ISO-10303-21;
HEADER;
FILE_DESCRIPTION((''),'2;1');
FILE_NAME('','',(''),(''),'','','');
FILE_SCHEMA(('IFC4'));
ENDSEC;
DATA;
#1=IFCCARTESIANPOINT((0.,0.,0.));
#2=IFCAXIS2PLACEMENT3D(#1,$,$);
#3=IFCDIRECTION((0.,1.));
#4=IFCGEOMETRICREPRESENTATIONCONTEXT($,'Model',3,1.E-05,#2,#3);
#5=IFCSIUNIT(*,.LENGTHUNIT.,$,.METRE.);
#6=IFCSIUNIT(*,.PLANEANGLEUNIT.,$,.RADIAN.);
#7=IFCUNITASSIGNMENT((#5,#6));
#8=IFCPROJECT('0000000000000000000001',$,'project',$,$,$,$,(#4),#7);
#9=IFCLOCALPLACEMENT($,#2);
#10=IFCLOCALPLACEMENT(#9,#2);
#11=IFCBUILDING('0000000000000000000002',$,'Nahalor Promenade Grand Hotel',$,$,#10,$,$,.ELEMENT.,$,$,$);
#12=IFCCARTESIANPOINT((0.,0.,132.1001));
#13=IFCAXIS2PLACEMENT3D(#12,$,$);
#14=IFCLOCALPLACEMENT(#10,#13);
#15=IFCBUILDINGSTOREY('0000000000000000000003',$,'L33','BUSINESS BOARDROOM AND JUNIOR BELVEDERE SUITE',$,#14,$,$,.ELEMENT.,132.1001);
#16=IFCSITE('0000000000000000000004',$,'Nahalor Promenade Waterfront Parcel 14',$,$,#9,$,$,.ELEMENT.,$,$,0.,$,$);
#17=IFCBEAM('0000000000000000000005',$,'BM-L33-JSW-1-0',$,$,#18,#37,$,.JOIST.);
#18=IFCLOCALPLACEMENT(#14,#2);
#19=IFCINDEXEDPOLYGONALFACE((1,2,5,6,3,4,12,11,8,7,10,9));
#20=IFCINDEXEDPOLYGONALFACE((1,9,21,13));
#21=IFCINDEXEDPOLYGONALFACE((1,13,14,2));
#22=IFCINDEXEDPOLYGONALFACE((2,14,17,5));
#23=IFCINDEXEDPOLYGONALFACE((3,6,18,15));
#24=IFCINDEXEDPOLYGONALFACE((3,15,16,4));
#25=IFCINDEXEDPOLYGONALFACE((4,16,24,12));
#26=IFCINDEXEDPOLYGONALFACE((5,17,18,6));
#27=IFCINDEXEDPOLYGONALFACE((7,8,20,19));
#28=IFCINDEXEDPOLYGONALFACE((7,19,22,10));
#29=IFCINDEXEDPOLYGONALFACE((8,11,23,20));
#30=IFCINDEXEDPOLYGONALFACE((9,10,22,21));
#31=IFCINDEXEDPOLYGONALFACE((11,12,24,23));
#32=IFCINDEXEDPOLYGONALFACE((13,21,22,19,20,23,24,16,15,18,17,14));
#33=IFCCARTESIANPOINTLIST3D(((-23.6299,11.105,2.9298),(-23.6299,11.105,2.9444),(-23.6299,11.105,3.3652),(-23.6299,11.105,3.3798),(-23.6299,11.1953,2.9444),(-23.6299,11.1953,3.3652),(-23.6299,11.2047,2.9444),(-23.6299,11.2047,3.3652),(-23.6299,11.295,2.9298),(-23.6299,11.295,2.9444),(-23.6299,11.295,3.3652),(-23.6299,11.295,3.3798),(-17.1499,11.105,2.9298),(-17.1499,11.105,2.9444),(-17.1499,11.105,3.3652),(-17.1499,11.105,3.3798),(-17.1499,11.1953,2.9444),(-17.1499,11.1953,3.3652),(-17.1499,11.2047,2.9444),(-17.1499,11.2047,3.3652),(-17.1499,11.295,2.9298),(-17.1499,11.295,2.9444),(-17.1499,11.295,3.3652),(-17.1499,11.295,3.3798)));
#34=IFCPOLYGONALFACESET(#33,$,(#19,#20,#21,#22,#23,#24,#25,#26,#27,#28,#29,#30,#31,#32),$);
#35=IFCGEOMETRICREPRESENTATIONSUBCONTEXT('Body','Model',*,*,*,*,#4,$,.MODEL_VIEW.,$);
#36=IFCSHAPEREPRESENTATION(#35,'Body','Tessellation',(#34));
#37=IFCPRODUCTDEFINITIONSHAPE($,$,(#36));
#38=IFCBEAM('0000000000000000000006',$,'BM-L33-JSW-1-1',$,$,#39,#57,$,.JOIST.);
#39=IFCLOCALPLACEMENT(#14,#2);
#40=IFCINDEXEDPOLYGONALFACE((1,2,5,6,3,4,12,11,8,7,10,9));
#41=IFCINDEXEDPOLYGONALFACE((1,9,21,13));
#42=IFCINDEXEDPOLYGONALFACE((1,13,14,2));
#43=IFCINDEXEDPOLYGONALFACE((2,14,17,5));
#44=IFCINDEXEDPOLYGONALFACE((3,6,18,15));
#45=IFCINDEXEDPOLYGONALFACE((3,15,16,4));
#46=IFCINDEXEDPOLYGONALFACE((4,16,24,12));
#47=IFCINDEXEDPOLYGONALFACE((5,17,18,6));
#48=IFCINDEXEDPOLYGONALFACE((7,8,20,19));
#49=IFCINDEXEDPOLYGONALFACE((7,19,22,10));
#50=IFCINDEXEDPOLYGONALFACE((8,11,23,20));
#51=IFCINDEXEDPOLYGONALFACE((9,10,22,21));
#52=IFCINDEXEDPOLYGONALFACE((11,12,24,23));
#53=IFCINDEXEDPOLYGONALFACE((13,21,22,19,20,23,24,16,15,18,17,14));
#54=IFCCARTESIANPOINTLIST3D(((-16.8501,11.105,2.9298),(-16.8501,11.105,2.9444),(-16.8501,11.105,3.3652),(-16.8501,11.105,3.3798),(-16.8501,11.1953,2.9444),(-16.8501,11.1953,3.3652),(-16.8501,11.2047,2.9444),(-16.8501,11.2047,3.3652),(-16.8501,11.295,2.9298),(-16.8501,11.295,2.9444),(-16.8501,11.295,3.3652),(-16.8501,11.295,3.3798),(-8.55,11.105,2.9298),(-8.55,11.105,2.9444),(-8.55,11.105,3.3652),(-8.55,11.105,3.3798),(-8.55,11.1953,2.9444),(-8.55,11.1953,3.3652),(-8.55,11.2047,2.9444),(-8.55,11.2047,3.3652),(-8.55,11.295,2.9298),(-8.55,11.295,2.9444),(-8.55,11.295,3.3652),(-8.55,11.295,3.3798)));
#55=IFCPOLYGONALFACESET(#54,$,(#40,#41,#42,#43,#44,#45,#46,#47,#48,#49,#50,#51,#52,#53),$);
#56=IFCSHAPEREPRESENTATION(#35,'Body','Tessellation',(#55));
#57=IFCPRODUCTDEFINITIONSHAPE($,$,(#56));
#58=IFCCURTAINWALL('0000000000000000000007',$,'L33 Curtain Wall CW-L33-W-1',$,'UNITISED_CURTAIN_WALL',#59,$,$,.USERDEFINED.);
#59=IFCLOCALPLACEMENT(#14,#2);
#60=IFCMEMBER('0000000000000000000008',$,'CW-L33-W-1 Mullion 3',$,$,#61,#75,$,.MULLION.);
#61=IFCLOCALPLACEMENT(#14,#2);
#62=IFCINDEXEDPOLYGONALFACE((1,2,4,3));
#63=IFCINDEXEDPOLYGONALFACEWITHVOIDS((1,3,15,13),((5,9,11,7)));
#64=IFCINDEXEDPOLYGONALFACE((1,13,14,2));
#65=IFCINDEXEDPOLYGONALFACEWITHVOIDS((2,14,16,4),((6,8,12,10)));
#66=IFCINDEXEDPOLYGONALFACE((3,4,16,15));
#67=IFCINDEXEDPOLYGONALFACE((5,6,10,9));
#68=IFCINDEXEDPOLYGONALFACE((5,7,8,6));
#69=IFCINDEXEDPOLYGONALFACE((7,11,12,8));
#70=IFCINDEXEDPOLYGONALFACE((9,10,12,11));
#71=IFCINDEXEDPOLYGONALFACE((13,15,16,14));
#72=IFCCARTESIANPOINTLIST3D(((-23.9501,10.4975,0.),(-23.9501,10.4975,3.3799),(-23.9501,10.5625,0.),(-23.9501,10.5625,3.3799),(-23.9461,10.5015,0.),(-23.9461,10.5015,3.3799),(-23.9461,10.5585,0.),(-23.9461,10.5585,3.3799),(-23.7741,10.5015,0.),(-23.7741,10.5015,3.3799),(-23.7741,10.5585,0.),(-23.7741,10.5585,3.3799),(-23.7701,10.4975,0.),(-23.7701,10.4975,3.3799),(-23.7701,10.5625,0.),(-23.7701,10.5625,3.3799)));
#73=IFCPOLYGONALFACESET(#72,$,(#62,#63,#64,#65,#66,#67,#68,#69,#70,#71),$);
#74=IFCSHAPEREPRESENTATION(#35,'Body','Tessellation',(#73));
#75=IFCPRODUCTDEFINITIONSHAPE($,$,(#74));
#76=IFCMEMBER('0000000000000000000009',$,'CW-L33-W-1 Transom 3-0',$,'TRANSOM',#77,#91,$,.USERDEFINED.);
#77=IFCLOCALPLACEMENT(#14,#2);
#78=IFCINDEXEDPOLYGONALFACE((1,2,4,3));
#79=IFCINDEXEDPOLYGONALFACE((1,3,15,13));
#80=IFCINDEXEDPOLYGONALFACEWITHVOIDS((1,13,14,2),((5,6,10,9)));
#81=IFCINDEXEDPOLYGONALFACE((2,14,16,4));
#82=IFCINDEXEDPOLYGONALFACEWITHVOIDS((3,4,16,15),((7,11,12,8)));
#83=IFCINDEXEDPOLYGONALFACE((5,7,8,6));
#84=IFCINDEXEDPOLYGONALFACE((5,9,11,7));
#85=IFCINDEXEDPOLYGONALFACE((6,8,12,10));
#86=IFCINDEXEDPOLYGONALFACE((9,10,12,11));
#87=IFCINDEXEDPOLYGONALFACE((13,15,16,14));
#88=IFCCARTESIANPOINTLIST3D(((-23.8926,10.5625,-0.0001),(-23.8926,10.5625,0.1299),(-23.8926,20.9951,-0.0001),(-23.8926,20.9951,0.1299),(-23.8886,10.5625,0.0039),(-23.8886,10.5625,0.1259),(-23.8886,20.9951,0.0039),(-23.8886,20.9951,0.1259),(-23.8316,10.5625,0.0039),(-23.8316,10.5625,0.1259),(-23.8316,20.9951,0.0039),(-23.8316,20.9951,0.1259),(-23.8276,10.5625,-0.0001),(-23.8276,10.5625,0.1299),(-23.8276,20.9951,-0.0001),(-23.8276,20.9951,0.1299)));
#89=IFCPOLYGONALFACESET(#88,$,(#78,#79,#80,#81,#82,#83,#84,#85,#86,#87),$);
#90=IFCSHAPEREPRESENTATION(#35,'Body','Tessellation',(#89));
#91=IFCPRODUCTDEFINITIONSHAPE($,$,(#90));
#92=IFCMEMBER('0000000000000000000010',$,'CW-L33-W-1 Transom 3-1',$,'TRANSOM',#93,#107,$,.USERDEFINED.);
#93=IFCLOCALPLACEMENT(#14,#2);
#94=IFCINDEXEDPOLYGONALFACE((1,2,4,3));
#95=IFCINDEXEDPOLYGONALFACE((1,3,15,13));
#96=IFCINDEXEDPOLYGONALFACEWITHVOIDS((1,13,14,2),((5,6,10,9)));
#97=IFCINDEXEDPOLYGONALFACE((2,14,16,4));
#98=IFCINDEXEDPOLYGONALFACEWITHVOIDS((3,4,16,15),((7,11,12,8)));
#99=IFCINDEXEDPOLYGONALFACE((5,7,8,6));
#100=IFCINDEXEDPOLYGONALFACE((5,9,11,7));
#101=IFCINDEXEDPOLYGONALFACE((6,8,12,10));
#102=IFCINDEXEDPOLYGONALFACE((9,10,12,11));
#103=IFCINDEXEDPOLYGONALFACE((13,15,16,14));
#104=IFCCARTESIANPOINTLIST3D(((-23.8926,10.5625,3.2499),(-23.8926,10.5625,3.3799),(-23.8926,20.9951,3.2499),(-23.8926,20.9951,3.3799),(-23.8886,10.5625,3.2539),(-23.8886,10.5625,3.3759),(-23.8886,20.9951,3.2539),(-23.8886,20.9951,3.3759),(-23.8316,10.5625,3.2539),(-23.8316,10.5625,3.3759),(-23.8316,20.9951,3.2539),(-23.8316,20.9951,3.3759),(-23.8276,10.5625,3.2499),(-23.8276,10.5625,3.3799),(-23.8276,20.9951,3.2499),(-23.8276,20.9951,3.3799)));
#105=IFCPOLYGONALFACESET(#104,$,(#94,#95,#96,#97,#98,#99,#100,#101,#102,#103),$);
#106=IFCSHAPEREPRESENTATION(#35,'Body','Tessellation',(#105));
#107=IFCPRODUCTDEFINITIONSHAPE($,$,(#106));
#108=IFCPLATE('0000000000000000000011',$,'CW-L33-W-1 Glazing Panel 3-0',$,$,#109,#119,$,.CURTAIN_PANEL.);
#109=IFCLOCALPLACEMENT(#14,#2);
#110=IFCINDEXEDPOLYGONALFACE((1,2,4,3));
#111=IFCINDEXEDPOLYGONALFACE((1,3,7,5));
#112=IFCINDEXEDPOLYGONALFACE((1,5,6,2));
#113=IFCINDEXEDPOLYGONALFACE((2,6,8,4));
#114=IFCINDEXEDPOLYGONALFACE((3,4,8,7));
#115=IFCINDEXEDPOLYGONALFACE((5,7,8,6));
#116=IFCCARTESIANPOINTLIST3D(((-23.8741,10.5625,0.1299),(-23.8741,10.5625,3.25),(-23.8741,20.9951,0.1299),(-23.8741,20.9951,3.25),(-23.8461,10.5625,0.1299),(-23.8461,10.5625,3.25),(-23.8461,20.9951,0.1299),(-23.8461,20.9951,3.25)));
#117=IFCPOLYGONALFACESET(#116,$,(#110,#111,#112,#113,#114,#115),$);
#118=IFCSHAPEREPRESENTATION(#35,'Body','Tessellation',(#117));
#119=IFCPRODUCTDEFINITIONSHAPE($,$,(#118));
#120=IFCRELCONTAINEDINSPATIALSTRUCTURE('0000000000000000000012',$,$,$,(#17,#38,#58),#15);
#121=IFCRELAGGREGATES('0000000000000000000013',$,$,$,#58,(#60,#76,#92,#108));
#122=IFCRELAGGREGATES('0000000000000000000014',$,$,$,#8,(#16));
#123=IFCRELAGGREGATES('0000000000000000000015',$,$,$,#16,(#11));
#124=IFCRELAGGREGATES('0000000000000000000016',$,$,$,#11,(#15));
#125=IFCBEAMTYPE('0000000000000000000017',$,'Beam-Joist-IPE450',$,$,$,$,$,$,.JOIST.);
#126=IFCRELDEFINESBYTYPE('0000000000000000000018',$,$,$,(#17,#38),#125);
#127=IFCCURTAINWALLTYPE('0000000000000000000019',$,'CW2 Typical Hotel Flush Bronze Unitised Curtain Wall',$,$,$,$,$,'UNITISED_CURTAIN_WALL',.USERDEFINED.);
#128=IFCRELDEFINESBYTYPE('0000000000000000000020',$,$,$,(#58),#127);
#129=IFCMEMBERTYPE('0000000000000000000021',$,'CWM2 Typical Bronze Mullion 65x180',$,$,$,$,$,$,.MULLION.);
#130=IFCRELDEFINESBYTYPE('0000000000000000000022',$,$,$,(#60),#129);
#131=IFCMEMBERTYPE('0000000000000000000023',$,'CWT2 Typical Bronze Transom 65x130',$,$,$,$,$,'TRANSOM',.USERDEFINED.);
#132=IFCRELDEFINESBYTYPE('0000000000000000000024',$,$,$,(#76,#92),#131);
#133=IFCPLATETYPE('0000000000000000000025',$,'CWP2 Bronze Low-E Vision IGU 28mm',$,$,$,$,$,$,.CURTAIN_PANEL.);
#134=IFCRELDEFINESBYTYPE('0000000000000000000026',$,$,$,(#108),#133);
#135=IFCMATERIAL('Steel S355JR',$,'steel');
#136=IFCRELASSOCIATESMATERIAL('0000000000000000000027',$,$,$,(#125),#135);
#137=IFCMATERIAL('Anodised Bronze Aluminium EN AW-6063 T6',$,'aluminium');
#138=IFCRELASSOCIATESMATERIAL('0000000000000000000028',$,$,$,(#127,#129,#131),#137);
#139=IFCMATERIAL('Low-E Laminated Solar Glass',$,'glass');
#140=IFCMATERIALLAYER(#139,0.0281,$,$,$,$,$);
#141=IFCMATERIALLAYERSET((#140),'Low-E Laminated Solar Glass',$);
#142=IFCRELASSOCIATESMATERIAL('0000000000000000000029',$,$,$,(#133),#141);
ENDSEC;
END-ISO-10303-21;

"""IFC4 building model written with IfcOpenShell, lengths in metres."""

from ifc_helpers import new_model, si_unit, direction, frame, origin, origin_2d, place, context, subcontext, project, spatial, rectangle, hollow_rectangle, i_section, extrude, source, transform, mapped, material, layer, layer_set, material_profile, profile_set, type_object, element, aggregate, save


model = new_model("IFC4")

# Units and contexts
model_context = context("Model", 3, precision=1e-05, world=origin(), true_north=direction((0.0, 1.0)))
body_context = subcontext(model_context, "Body", "Model", "MODEL_VIEW")
ifc_project = project(units=[si_unit("LENGTHUNIT", "METRE"), si_unit("PLANEANGLEUNIT", "RADIAN")], contexts=[model_context])

# Site, building, storey
site_placement = place(None, origin())
site = spatial("IfcSite", under=ifc_project, at=site_placement, Name="Nahalor Promenade Waterfront Parcel 14", CompositionType="ELEMENT", RefElevation=0.0)
building_placement = place(site_placement, origin())
building = spatial("IfcBuilding", under=site, at=building_placement, Name="Nahalor Promenade Grand Hotel", CompositionType="ELEMENT")
storey_placement = place(building_placement, frame((0.0, 0.0, 132.1001)))
storey = spatial("IfcBuildingStorey", under=building, at=storey_placement, Name="L33", Description="BUSINESS BOARDROOM AND JUNIOR BELVEDERE SUITE", CompositionType="ELEMENT", Elevation=132.1001)

# Beams
ifc_material_1 = material(Name="Steel S355JR", Category="steel")
ifc_material_profile_1 = material_profile(ifc_material_1, i_section(OverallWidth=0.19, OverallDepth=0.45, WebThickness=0.0094, FlangeThickness=0.0146, at=origin_2d()), Name="IPE 450")
ifc_profile_set_1 = profile_set([ifc_material_profile_1], Name="Steel S355JR")
beam_type_1 = type_object("IfcBeamType", Name="Beam-Joist-IPE450", PredefinedType="JOIST", material=ifc_profile_set_1)
shared_shape_1 = source(origin(), body_context, "Body", "SweptSolid", [
    extrude(i_section(OverallWidth=0.19, OverallDepth=0.45, WebThickness=0.0094, FlangeThickness=0.0146, at=origin_2d()), origin(), (0.0, 0.0, 1.0), 6.48),
])
beam_1_placement = place(storey_placement, frame((-23.6299, 11.2, 3.1548), z_axis=(1.0, 0.0, 0.0), x_axis=(0.0, 1.0, 0.0)))
element("IfcBeam", 1, at=beam_1_placement, inside=storey, type_object=beam_type_1, Name="BM-L33-JSW-1-0", PredefinedType="JOIST", context=body_context, shape_type="MappedRepresentation", body=[
    mapped(shared_shape_1, transform((0.0, 0.0, 0.0), scale=1.0)),
])
shared_shape_2 = source(origin(), body_context, "Body", "SweptSolid", [
    extrude(i_section(OverallWidth=0.19, OverallDepth=0.45, WebThickness=0.0094, FlangeThickness=0.0146, at=origin_2d()), origin(), (0.0, 0.0, 1.0), 8.3),
])
beam_2_placement = place(storey_placement, frame((-16.8501, 11.2, 3.1548), z_axis=(1.0, 0.0, 0.0), x_axis=(0.0, 1.0, 0.0)))
element("IfcBeam", 2, at=beam_2_placement, inside=storey, type_object=beam_type_1, Name="BM-L33-JSW-1-1", PredefinedType="JOIST", context=body_context, shape_type="MappedRepresentation", body=[
    mapped(shared_shape_2, transform((0.0, 0.0, 0.0), scale=1.0)),
])

# Curtain wall, members, plate
ifc_material_2 = material(Name="Anodised Bronze Aluminium EN AW-6063 T6", Category="aluminium")
curtain_wall_type = type_object("IfcCurtainWallType", Name="CW2 Typical Hotel Flush Bronze Unitised Curtain Wall", ElementType="UNITISED_CURTAIN_WALL", PredefinedType="USERDEFINED", material=ifc_material_2)
curtain_wall_placement = place(storey_placement, origin())
curtain_wall = element("IfcCurtainWall", 3, at=curtain_wall_placement, inside=storey, type_object=curtain_wall_type, Name="L33 Curtain Wall CW-L33-W-1", ObjectType="UNITISED_CURTAIN_WALL", PredefinedType="USERDEFINED")
ifc_material_profile_2 = material_profile(ifc_material_2, hollow_rectangle(XDim=0.065, YDim=0.18, WallThickness=0.004, at=origin_2d()), Name="CWM 65x180x4")
ifc_profile_set_2 = profile_set([ifc_material_profile_2], Name="Anodised Bronze Aluminium EN AW-6063 T6")
member_type_1 = type_object("IfcMemberType", Name="CWM2 Typical Bronze Mullion 65x180", PredefinedType="MULLION", material=ifc_profile_set_2)
shared_shape_3 = source(origin(), body_context, "Body", "SweptSolid", [
    extrude(hollow_rectangle(XDim=0.065, YDim=0.18, WallThickness=0.004, at=origin_2d()), origin(), (0.0, 0.0, 1.0), 3.3799),
])
member_1_placement = place(storey_placement, frame((-23.8601, 10.53, 0.0), z_axis=(0.0, 0.0, 1.0), x_axis=(0.0, 1.0, 0.0)))
member_1 = element("IfcMember", 4, at=member_1_placement, type_object=member_type_1, Name="CW-L33-W-1 Mullion 3", PredefinedType="MULLION", context=body_context, shape_type="MappedRepresentation", body=[
    mapped(shared_shape_3, transform((0.0, 0.0, 0.0), scale=1.0)),
])
ifc_material_profile_3 = material_profile(ifc_material_2, hollow_rectangle(XDim=0.065, YDim=0.13, WallThickness=0.004, at=origin_2d()), Name="CWT 65x130x4")
ifc_profile_set_3 = profile_set([ifc_material_profile_3], Name="Anodised Bronze Aluminium EN AW-6063 T6")
member_type_2 = type_object("IfcMemberType", Name="CWT2 Typical Bronze Transom 65x130", ElementType="TRANSOM", PredefinedType="USERDEFINED", material=ifc_profile_set_3)
shared_shape_4 = source(origin(), body_context, "Body", "SweptSolid", [
    extrude(hollow_rectangle(XDim=0.065, YDim=0.13, WallThickness=0.004, at=origin_2d()), origin(), (0.0, 0.0, 1.0), 10.4326),
])
member_2_placement = place(storey_placement, frame((-23.8601, 10.5625, 0.0649), z_axis=(0.0, 1.0, 0.0), x_axis=(-1.0, 0.0, 0.0)))
member_2 = element("IfcMember", 5, at=member_2_placement, type_object=member_type_2, Name="CW-L33-W-1 Transom 3-0", ObjectType="TRANSOM", PredefinedType="USERDEFINED", context=body_context, shape_type="MappedRepresentation", body=[
    mapped(shared_shape_4, transform((0.0, 0.0, 0.0), scale=1.0)),
])
member_3_placement = place(storey_placement, frame((-23.8601, 10.5625, 3.3149), z_axis=(0.0, 1.0, 0.0), x_axis=(-1.0, 0.0, 0.0)))
member_3 = element("IfcMember", 6, at=member_3_placement, type_object=member_type_2, Name="CW-L33-W-1 Transom 3-1", ObjectType="TRANSOM", PredefinedType="USERDEFINED", context=body_context, shape_type="MappedRepresentation", body=[
    mapped(shared_shape_4, transform((0.0, 0.0, 0.0), scale=1.0)),
])
ifc_material_3 = material(Name="Low-E Laminated Solar Glass", Category="glass")
ifc_layer = layer(ifc_material_3, 0.0281)
ifc_layer_set = layer_set([ifc_layer], Name="Low-E Laminated Solar Glass")
plate_type = type_object("IfcPlateType", Name="CWP2 Bronze Low-E Vision IGU 28mm", PredefinedType="CURTAIN_PANEL", material=ifc_layer_set)
shared_shape_5 = source(origin(), body_context, "Body", "SweptSolid", [
    extrude(rectangle(XDim=10.4326, YDim=0.0281, at=origin_2d()), origin(), (0.0, 0.0, 1.0), 3.1201),
])
plate_placement = place(storey_placement, frame((-23.8601, 15.7788, 0.1299), z_axis=(0.0, 0.0, 1.0), x_axis=(0.0, 1.0, 0.0)))
plate = element("IfcPlate", 7, at=plate_placement, type_object=plate_type, Name="CW-L33-W-1 Glazing Panel 3-0", PredefinedType="CURTAIN_PANEL", context=body_context, shape_type="MappedRepresentation", body=[
    mapped(shared_shape_5, transform((0.0, 0.0, 0.0), scale=1.0)),
])
aggregate(curtain_wall, [member_1, member_2, member_3, plate])

save(model, "model.ifc")
